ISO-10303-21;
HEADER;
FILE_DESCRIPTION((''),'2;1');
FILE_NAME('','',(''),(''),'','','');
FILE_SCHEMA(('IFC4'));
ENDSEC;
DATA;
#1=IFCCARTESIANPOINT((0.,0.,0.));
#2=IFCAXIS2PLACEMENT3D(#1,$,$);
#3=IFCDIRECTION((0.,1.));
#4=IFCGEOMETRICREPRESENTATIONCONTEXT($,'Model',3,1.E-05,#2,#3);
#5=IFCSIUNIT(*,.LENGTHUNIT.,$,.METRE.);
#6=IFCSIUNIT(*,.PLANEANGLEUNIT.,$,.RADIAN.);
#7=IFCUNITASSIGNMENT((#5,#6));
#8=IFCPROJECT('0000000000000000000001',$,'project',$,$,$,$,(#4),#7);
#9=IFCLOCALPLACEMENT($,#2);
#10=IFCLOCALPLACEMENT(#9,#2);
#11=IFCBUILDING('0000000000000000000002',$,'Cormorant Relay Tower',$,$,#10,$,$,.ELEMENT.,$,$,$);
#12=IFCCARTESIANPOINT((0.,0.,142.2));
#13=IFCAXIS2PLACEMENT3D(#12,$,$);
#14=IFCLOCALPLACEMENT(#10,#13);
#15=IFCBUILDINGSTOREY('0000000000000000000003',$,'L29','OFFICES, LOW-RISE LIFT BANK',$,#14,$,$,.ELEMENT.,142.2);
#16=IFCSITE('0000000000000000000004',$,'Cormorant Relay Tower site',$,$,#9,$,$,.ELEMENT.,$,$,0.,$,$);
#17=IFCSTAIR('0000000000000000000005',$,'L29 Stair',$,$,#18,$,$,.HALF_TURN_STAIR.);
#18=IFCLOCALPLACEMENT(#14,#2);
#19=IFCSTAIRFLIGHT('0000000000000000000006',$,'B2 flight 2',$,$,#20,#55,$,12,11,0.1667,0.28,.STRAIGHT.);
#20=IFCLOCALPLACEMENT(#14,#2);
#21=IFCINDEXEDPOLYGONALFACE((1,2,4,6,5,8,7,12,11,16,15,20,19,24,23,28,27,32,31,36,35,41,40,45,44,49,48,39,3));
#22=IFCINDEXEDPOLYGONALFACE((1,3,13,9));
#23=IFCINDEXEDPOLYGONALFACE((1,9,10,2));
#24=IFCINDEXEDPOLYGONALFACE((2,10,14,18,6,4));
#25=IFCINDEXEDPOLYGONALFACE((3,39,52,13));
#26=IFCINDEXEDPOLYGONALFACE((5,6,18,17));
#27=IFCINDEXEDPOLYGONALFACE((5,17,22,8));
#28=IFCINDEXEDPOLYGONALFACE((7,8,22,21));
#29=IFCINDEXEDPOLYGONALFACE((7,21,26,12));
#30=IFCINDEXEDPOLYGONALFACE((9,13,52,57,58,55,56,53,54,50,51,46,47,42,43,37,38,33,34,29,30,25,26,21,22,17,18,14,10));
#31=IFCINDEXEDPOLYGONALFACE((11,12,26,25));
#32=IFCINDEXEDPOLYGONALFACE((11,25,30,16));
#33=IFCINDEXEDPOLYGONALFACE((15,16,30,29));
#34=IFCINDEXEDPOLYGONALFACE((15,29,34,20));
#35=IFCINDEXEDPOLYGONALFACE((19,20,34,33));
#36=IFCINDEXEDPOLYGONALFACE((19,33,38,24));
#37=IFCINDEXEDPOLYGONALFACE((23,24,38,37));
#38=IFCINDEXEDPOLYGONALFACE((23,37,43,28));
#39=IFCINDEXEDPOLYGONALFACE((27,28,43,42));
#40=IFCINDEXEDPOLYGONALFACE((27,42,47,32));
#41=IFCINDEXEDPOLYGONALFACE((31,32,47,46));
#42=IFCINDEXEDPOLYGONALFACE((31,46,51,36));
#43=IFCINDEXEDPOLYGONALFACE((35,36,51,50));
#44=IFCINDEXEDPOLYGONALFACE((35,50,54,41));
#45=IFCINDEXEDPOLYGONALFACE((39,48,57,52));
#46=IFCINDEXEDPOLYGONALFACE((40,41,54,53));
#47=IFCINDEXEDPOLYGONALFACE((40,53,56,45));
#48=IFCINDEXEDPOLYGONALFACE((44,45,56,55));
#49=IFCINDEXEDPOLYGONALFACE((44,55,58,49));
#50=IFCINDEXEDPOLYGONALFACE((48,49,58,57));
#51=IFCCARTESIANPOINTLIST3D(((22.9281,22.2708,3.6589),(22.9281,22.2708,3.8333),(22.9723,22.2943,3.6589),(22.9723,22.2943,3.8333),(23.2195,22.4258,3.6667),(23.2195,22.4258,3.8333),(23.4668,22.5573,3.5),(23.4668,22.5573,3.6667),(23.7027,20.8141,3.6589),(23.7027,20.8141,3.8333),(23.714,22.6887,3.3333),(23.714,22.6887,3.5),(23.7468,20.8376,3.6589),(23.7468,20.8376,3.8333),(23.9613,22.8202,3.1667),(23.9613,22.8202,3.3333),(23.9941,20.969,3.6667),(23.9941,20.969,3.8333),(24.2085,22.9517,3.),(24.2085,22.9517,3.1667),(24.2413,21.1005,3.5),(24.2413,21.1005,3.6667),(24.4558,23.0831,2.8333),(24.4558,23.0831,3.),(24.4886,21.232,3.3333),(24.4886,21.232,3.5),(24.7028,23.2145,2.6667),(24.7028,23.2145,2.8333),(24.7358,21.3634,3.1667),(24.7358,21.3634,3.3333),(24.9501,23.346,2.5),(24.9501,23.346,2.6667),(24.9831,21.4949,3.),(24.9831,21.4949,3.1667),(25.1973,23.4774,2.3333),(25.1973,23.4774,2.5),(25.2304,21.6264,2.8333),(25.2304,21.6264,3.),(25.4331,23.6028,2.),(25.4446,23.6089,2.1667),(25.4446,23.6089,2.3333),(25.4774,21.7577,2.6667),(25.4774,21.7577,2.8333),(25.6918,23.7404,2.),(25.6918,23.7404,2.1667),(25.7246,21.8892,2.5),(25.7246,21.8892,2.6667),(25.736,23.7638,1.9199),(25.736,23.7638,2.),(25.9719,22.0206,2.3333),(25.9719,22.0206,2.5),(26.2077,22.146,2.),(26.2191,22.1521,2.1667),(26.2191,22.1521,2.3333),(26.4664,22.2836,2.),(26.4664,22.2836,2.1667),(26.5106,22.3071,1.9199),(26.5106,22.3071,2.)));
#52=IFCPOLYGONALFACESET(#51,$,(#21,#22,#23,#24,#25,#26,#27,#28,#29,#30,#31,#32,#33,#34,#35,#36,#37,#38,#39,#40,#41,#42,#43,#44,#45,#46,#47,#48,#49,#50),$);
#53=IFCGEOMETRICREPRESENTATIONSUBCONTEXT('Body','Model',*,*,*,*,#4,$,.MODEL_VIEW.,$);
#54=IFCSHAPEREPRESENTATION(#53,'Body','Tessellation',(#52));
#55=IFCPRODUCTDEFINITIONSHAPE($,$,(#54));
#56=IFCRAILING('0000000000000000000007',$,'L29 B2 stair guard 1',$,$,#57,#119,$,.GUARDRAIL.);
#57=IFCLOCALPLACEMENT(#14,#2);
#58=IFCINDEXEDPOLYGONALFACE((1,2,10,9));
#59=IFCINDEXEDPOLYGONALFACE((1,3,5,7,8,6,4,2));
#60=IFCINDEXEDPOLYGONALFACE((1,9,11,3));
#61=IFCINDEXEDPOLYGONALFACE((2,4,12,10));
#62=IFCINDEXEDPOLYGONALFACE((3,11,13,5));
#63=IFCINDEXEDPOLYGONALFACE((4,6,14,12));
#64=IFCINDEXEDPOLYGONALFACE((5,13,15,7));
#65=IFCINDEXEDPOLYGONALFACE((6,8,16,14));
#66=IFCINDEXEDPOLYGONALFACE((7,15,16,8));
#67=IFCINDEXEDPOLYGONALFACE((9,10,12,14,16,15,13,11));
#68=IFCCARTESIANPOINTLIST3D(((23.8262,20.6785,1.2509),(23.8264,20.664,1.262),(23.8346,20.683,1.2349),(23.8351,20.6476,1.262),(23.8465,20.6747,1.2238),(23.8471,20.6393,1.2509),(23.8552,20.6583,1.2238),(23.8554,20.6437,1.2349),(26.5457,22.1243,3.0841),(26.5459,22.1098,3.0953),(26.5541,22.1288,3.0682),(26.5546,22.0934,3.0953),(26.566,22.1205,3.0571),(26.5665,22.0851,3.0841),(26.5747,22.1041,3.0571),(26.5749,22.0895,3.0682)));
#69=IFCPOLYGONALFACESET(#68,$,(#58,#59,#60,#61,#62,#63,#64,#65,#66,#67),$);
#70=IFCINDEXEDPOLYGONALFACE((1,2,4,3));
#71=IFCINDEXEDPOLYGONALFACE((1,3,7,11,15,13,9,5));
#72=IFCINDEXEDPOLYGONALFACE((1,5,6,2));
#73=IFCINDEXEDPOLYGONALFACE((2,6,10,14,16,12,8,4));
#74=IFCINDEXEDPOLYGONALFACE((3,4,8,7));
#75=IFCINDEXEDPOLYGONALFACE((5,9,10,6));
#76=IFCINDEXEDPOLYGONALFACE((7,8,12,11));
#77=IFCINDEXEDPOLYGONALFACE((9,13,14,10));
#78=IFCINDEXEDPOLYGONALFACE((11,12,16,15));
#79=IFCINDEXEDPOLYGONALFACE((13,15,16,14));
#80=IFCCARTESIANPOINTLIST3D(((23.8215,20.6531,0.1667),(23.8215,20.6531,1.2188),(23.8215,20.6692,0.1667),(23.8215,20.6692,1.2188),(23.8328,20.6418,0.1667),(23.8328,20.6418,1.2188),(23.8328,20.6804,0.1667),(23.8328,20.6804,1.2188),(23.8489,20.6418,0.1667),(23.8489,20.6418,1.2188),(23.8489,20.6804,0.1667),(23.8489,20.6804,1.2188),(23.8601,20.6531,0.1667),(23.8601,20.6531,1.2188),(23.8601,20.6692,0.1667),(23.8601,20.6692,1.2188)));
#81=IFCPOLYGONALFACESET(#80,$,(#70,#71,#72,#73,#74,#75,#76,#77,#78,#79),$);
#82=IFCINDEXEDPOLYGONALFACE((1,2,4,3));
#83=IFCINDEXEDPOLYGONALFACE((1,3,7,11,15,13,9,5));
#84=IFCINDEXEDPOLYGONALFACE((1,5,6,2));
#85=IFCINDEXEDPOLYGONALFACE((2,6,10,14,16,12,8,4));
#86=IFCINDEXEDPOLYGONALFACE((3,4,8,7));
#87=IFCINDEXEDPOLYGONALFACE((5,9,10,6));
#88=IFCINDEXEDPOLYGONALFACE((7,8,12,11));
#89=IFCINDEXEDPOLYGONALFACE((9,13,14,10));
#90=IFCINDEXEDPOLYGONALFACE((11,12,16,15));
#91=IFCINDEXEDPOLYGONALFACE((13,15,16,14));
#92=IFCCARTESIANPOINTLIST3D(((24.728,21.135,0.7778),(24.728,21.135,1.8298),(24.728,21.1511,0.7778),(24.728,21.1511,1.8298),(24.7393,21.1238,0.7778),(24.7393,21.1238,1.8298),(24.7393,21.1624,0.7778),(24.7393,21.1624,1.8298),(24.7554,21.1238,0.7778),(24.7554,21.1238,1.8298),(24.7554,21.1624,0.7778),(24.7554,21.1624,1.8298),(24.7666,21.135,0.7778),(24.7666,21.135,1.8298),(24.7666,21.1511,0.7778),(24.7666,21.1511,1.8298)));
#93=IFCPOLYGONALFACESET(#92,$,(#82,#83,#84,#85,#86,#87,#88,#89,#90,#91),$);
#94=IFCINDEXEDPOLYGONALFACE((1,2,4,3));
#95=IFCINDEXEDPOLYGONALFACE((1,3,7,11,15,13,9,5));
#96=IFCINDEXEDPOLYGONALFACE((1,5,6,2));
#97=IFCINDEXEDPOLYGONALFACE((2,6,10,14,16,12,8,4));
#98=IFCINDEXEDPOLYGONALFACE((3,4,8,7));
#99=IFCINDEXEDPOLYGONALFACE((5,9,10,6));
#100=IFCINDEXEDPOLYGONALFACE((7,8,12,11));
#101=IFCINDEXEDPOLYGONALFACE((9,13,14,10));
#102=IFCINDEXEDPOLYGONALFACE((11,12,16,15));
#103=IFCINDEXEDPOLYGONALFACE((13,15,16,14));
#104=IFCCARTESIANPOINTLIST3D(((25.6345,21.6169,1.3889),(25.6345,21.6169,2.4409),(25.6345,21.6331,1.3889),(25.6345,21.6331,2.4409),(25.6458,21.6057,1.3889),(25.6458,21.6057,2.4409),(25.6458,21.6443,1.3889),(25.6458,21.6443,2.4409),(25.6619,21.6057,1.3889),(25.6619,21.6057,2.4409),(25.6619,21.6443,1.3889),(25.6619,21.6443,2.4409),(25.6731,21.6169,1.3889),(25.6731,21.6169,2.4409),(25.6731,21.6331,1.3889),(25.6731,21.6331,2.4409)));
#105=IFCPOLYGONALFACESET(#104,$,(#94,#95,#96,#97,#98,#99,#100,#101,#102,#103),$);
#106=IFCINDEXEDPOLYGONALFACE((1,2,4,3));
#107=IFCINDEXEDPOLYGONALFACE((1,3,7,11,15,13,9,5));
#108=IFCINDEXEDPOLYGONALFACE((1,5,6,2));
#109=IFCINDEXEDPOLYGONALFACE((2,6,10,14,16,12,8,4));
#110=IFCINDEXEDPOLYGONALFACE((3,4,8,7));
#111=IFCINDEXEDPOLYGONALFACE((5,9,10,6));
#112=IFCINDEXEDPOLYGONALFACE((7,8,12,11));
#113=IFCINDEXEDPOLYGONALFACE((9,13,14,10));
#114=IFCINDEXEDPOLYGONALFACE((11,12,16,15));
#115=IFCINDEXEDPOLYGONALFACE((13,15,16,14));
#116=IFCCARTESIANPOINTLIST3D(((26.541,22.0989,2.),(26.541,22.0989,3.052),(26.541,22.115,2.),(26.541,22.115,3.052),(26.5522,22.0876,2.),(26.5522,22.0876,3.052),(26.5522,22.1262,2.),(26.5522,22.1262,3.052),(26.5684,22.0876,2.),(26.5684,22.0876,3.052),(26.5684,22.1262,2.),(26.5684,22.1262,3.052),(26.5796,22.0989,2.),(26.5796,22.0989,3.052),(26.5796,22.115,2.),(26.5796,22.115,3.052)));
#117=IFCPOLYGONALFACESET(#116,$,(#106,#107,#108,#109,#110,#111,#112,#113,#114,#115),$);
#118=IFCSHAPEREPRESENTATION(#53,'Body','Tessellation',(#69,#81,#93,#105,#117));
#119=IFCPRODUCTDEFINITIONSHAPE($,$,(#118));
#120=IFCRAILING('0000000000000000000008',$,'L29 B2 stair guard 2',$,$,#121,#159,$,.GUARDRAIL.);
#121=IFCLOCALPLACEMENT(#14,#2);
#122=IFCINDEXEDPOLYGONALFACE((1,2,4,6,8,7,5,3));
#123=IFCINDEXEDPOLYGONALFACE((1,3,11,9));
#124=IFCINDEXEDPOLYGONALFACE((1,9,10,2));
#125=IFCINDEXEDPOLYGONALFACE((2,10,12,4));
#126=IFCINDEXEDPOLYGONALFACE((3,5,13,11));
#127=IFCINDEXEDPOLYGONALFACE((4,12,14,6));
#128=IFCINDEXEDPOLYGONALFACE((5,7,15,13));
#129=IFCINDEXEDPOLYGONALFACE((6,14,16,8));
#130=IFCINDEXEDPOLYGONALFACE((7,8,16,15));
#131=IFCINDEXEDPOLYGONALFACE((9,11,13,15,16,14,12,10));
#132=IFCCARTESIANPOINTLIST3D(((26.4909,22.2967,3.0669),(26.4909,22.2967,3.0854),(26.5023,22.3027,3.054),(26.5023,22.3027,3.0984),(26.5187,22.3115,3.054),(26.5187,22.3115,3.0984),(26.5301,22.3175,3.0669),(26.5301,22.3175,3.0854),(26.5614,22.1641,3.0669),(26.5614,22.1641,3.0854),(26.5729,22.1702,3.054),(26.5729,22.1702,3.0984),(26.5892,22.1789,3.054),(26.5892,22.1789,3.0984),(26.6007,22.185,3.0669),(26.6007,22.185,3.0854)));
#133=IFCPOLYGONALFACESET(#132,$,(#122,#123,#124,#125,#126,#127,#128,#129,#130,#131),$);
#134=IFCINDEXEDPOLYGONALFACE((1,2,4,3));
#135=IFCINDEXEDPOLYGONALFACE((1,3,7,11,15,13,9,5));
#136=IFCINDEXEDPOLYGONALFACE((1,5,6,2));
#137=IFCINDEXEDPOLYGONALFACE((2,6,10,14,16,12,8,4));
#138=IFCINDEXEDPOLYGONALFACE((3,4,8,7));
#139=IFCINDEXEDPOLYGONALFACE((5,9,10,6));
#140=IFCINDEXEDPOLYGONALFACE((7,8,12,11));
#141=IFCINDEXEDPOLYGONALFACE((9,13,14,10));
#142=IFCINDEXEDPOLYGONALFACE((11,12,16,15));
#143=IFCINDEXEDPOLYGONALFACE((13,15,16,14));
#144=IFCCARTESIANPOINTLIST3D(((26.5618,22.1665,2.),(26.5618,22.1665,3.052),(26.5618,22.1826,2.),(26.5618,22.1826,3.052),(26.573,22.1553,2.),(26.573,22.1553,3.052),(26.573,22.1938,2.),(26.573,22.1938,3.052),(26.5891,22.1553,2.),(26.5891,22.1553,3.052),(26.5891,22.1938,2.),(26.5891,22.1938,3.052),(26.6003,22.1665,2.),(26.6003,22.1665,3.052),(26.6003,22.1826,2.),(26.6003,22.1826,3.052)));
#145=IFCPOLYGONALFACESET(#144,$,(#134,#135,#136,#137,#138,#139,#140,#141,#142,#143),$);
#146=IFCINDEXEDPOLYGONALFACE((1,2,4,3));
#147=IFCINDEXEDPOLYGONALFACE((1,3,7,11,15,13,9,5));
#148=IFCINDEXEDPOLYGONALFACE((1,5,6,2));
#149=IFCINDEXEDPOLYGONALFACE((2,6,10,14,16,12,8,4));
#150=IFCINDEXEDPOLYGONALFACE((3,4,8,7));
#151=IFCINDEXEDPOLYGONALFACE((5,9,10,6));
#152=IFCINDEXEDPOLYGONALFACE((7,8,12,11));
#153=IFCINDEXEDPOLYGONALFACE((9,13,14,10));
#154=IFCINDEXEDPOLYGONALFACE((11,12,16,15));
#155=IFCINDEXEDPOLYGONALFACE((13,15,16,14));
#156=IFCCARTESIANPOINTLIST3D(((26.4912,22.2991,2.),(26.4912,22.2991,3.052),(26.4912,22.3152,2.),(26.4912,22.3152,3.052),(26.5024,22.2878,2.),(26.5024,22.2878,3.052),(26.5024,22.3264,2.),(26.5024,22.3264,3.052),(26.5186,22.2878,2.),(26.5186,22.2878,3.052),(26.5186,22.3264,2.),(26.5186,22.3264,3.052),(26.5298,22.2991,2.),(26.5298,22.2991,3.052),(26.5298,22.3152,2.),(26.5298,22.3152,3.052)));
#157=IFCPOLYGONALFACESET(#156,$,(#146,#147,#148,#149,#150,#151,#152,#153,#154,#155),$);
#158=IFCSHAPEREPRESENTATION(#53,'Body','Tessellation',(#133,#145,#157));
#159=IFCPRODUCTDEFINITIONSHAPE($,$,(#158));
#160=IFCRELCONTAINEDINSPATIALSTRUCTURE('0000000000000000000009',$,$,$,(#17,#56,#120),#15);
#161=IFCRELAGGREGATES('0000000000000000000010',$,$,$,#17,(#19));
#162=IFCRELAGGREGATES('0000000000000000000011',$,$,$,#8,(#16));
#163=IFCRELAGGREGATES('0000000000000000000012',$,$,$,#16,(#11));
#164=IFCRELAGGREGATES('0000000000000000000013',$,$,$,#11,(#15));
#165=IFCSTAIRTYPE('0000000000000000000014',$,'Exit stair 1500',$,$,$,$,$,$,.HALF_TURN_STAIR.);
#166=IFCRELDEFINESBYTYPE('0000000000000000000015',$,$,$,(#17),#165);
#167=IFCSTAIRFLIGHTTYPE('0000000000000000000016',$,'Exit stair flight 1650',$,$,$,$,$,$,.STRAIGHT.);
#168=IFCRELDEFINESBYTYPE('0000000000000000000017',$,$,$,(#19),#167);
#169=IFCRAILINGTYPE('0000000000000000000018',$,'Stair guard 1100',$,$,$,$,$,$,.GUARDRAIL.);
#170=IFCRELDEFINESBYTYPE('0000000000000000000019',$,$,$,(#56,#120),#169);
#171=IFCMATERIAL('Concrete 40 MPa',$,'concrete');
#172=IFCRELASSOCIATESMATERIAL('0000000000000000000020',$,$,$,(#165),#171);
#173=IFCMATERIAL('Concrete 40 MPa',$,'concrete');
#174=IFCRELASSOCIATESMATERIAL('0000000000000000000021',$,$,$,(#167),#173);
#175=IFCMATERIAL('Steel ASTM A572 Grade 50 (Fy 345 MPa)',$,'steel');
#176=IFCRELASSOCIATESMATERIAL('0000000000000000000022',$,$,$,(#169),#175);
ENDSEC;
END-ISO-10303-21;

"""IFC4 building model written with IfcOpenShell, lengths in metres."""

from ifc_helpers import new_model, si_unit, direction, frame, origin, place, context, subcontext, project, spatial, polyline, outline, extrude, material, type_object, element, aggregate, save


model = new_model("IFC4")

# Units and contexts
model_context = context("Model", 3, precision=1e-05, world=origin(), true_north=direction((0.0, 1.0)))
body_context = subcontext(model_context, "Body", "Model", "MODEL_VIEW")
ifc_project = project(units=[si_unit("LENGTHUNIT", "METRE"), si_unit("PLANEANGLEUNIT", "RADIAN")], contexts=[model_context])

# Site, building, storey
site_placement = place(None, origin())
site = spatial("IfcSite", under=ifc_project, at=site_placement, Name="Cormorant Relay Tower site", CompositionType="ELEMENT", RefElevation=0.0)
building_placement = place(site_placement, origin())
building = spatial("IfcBuilding", under=site, at=building_placement, Name="Cormorant Relay Tower", CompositionType="ELEMENT")
storey_placement = place(building_placement, frame((0.0, 0.0, 142.2)))
storey = spatial("IfcBuildingStorey", under=building, at=storey_placement, Name="L29", Description="OFFICES, LOW-RISE LIFT BANK", CompositionType="ELEMENT", Elevation=142.2)

# Stair, stair flight
ifc_material_1 = material(Name="Concrete 40 MPa", Category="concrete")
stair_type = type_object("IfcStairType", Name="Exit stair 1500", PredefinedType="HALF_TURN_STAIR", material=ifc_material_1)
stair_placement = place(storey_placement, origin())
stair = element("IfcStair", 1, at=stair_placement, inside=storey, type_object=stair_type, Name="L29 Stair", PredefinedType="HALF_TURN_STAIR")
ifc_material_2 = material(Name="Concrete 40 MPa", Category="concrete")
stair_flight_type = type_object("IfcStairFlightType", Name="Exit stair flight 1650", PredefinedType="STRAIGHT", material=ifc_material_2)
stair_flight_placement = place(storey_placement, frame((26.0791, 23.012, 2.0), z_axis=(0.0, 0.0, 1.0), x_axis=(-0.882948, -0.469472, 0.0)))
stair_flight = element("IfcStairFlight", 2, at=stair_flight_placement, type_object=stair_flight_type, Name="B2 flight 2", NumberOfRisers=12, NumberOfTreads=11, PredefinedType="STRAIGHT", RiserHeight=0.1667, TreadLength=0.28, context=body_context, shape_type="SweptSolid", body=[
    extrude(outline(polyline([(-0.05, -0.0801), (-0.05, 0.0), (0.0, 0.0), (0.0, 0.1667), (0.28, 0.1667), (0.28, 0.3333), (0.5601, 0.3333), (0.5601, 0.5), (0.8401, 0.5), (0.8401, 0.6667), (1.1201, 0.6667), (1.1201, 0.8333), (1.3999, 0.8333), (1.3999, 1.0), (1.6799, 1.0), (1.6799, 1.1667), (1.96, 1.1667), (1.96, 1.3333), (2.24, 1.3333), (2.24, 1.5), (2.52, 1.5), (2.52, 1.6667), (2.8, 1.6667), (2.8, 1.8333), (3.0801, 1.8333), (3.1301, 1.8333), (3.1301, 1.6589), (3.0801, 1.6589), (0.293, 0.0), (-0.05, -0.0801)])), frame((0.0, 0.825, 0.0), z_axis=(0.0, -1.0, 0.0), x_axis=(1.0, 0.0, 0.0)), (0.0, 0.0, 1.0), 1.6499),
])
aggregate(stair, [stair_flight])

# Railings
ifc_material_3 = material(Name="Steel ASTM A572 Grade 50 (Fy 345 MPa)", Category="steel")
railing_type_1 = type_object("IfcRailingType", Name="Stair guard 1100", PredefinedType="GUARDRAIL", material=ifc_material_3)
railing_1_placement = place(storey_placement, frame((23.8408, 20.6611, 0.1667)))
element("IfcRailing", 3, at=railing_1_placement, inside=storey, type_object=railing_type_1, Name="L29 B2 stair guard 1", PredefinedType="GUARDRAIL", context=body_context, shape_type="SweptSolid", body=[
    extrude(outline(polyline([(0.0222, 0.0093), (0.0093, 0.0222), (-0.0093, 0.0222), (-0.0222, 0.0093), (-0.0222, -0.0093), (-0.0093, -0.0222), (0.0093, -0.0222), (0.0222, -0.0093), (0.0222, 0.0093)])), frame((0.0, 0.0, 1.0762), z_axis=(0.758735, 0.403378, 0.511477), x_axis=(-0.469428, 0.882971, 0.0)), (0.0, 0.0, 1.0), 3.5842),
    extrude(outline(polyline([(0.0193, 0.0081), (0.0081, 0.0193), (-0.0081, 0.0193), (-0.0193, 0.0081), (-0.0193, -0.0081), (-0.0081, -0.0193), (0.0081, -0.0193), (0.0193, -0.0081), (0.0193, 0.0081)])), origin(), (0.0, 0.0, 1.0), 1.052),
    extrude(outline(polyline([(0.0193, 0.0081), (0.0081, 0.0193), (-0.0081, 0.0193), (-0.0193, 0.0081), (-0.0193, -0.0081), (-0.0081, -0.0193), (0.0081, -0.0193), (0.0193, -0.0081), (0.0193, 0.0081)])), frame((0.9065, 0.4819, 0.6111)), (0.0, 0.0, 1.0), 1.052),
    extrude(outline(polyline([(0.0193, 0.0081), (0.0081, 0.0193), (-0.0081, 0.0193), (-0.0193, 0.0081), (-0.0193, -0.0081), (-0.0081, -0.0193), (0.0081, -0.0193), (0.0193, -0.0081), (0.0193, 0.0081)])), frame((1.813, 0.9639, 1.2222)), (0.0, 0.0, 1.0), 1.052),
    extrude(outline(polyline([(0.0193, 0.0081), (0.0081, 0.0193), (-0.0081, 0.0193), (-0.0193, 0.0081), (-0.0193, -0.0081), (-0.0081, -0.0193), (0.0081, -0.0193), (0.0193, -0.0081), (0.0193, 0.0081)])), frame((2.7195, 1.4458, 1.8333)), (0.0, 0.0, 1.0), 1.052),
])
railing_2_placement = place(storey_placement, frame((26.5811, 22.1746, 2.0)))
element("IfcRailing", 4, at=railing_2_placement, inside=storey, type_object=railing_type_1, Name="L29 B2 stair guard 2", PredefinedType="GUARDRAIL", context=body_context, shape_type="SweptSolid", body=[
    extrude(outline(polyline([(0.0222, 0.0093), (0.0093, 0.0222), (-0.0093, 0.0222), (-0.0222, 0.0093), (-0.0222, -0.0093), (-0.0093, -0.0222), (0.0093, -0.0222), (0.0222, -0.0093), (0.0222, 0.0093)])), frame((0.0, 0.0, 1.0762), z_axis=(-0.469829, 0.882758, 0.0), x_axis=(-0.882758, -0.469829, 0.0)), (0.0, 0.0, 1.0), 0.1501),
    extrude(outline(polyline([(0.0193, 0.0081), (0.0081, 0.0193), (-0.0081, 0.0193), (-0.0193, 0.0081), (-0.0193, -0.0081), (-0.0081, -0.0193), (0.0081, -0.0193), (0.0193, -0.0081), (0.0193, 0.0081)])), origin(), (0.0, 0.0, 1.0), 1.052),
    extrude(outline(polyline([(0.0193, 0.0081), (0.0081, 0.0193), (-0.0081, 0.0193), (-0.0193, 0.0081), (-0.0193, -0.0081), (-0.0081, -0.0193), (0.0081, -0.0193), (0.0193, -0.0081), (0.0193, 0.0081)])), frame((-0.0706, 0.1326, 0.0)), (0.0, 0.0, 1.0), 1.052),
])

save(model, "model.ifc")
